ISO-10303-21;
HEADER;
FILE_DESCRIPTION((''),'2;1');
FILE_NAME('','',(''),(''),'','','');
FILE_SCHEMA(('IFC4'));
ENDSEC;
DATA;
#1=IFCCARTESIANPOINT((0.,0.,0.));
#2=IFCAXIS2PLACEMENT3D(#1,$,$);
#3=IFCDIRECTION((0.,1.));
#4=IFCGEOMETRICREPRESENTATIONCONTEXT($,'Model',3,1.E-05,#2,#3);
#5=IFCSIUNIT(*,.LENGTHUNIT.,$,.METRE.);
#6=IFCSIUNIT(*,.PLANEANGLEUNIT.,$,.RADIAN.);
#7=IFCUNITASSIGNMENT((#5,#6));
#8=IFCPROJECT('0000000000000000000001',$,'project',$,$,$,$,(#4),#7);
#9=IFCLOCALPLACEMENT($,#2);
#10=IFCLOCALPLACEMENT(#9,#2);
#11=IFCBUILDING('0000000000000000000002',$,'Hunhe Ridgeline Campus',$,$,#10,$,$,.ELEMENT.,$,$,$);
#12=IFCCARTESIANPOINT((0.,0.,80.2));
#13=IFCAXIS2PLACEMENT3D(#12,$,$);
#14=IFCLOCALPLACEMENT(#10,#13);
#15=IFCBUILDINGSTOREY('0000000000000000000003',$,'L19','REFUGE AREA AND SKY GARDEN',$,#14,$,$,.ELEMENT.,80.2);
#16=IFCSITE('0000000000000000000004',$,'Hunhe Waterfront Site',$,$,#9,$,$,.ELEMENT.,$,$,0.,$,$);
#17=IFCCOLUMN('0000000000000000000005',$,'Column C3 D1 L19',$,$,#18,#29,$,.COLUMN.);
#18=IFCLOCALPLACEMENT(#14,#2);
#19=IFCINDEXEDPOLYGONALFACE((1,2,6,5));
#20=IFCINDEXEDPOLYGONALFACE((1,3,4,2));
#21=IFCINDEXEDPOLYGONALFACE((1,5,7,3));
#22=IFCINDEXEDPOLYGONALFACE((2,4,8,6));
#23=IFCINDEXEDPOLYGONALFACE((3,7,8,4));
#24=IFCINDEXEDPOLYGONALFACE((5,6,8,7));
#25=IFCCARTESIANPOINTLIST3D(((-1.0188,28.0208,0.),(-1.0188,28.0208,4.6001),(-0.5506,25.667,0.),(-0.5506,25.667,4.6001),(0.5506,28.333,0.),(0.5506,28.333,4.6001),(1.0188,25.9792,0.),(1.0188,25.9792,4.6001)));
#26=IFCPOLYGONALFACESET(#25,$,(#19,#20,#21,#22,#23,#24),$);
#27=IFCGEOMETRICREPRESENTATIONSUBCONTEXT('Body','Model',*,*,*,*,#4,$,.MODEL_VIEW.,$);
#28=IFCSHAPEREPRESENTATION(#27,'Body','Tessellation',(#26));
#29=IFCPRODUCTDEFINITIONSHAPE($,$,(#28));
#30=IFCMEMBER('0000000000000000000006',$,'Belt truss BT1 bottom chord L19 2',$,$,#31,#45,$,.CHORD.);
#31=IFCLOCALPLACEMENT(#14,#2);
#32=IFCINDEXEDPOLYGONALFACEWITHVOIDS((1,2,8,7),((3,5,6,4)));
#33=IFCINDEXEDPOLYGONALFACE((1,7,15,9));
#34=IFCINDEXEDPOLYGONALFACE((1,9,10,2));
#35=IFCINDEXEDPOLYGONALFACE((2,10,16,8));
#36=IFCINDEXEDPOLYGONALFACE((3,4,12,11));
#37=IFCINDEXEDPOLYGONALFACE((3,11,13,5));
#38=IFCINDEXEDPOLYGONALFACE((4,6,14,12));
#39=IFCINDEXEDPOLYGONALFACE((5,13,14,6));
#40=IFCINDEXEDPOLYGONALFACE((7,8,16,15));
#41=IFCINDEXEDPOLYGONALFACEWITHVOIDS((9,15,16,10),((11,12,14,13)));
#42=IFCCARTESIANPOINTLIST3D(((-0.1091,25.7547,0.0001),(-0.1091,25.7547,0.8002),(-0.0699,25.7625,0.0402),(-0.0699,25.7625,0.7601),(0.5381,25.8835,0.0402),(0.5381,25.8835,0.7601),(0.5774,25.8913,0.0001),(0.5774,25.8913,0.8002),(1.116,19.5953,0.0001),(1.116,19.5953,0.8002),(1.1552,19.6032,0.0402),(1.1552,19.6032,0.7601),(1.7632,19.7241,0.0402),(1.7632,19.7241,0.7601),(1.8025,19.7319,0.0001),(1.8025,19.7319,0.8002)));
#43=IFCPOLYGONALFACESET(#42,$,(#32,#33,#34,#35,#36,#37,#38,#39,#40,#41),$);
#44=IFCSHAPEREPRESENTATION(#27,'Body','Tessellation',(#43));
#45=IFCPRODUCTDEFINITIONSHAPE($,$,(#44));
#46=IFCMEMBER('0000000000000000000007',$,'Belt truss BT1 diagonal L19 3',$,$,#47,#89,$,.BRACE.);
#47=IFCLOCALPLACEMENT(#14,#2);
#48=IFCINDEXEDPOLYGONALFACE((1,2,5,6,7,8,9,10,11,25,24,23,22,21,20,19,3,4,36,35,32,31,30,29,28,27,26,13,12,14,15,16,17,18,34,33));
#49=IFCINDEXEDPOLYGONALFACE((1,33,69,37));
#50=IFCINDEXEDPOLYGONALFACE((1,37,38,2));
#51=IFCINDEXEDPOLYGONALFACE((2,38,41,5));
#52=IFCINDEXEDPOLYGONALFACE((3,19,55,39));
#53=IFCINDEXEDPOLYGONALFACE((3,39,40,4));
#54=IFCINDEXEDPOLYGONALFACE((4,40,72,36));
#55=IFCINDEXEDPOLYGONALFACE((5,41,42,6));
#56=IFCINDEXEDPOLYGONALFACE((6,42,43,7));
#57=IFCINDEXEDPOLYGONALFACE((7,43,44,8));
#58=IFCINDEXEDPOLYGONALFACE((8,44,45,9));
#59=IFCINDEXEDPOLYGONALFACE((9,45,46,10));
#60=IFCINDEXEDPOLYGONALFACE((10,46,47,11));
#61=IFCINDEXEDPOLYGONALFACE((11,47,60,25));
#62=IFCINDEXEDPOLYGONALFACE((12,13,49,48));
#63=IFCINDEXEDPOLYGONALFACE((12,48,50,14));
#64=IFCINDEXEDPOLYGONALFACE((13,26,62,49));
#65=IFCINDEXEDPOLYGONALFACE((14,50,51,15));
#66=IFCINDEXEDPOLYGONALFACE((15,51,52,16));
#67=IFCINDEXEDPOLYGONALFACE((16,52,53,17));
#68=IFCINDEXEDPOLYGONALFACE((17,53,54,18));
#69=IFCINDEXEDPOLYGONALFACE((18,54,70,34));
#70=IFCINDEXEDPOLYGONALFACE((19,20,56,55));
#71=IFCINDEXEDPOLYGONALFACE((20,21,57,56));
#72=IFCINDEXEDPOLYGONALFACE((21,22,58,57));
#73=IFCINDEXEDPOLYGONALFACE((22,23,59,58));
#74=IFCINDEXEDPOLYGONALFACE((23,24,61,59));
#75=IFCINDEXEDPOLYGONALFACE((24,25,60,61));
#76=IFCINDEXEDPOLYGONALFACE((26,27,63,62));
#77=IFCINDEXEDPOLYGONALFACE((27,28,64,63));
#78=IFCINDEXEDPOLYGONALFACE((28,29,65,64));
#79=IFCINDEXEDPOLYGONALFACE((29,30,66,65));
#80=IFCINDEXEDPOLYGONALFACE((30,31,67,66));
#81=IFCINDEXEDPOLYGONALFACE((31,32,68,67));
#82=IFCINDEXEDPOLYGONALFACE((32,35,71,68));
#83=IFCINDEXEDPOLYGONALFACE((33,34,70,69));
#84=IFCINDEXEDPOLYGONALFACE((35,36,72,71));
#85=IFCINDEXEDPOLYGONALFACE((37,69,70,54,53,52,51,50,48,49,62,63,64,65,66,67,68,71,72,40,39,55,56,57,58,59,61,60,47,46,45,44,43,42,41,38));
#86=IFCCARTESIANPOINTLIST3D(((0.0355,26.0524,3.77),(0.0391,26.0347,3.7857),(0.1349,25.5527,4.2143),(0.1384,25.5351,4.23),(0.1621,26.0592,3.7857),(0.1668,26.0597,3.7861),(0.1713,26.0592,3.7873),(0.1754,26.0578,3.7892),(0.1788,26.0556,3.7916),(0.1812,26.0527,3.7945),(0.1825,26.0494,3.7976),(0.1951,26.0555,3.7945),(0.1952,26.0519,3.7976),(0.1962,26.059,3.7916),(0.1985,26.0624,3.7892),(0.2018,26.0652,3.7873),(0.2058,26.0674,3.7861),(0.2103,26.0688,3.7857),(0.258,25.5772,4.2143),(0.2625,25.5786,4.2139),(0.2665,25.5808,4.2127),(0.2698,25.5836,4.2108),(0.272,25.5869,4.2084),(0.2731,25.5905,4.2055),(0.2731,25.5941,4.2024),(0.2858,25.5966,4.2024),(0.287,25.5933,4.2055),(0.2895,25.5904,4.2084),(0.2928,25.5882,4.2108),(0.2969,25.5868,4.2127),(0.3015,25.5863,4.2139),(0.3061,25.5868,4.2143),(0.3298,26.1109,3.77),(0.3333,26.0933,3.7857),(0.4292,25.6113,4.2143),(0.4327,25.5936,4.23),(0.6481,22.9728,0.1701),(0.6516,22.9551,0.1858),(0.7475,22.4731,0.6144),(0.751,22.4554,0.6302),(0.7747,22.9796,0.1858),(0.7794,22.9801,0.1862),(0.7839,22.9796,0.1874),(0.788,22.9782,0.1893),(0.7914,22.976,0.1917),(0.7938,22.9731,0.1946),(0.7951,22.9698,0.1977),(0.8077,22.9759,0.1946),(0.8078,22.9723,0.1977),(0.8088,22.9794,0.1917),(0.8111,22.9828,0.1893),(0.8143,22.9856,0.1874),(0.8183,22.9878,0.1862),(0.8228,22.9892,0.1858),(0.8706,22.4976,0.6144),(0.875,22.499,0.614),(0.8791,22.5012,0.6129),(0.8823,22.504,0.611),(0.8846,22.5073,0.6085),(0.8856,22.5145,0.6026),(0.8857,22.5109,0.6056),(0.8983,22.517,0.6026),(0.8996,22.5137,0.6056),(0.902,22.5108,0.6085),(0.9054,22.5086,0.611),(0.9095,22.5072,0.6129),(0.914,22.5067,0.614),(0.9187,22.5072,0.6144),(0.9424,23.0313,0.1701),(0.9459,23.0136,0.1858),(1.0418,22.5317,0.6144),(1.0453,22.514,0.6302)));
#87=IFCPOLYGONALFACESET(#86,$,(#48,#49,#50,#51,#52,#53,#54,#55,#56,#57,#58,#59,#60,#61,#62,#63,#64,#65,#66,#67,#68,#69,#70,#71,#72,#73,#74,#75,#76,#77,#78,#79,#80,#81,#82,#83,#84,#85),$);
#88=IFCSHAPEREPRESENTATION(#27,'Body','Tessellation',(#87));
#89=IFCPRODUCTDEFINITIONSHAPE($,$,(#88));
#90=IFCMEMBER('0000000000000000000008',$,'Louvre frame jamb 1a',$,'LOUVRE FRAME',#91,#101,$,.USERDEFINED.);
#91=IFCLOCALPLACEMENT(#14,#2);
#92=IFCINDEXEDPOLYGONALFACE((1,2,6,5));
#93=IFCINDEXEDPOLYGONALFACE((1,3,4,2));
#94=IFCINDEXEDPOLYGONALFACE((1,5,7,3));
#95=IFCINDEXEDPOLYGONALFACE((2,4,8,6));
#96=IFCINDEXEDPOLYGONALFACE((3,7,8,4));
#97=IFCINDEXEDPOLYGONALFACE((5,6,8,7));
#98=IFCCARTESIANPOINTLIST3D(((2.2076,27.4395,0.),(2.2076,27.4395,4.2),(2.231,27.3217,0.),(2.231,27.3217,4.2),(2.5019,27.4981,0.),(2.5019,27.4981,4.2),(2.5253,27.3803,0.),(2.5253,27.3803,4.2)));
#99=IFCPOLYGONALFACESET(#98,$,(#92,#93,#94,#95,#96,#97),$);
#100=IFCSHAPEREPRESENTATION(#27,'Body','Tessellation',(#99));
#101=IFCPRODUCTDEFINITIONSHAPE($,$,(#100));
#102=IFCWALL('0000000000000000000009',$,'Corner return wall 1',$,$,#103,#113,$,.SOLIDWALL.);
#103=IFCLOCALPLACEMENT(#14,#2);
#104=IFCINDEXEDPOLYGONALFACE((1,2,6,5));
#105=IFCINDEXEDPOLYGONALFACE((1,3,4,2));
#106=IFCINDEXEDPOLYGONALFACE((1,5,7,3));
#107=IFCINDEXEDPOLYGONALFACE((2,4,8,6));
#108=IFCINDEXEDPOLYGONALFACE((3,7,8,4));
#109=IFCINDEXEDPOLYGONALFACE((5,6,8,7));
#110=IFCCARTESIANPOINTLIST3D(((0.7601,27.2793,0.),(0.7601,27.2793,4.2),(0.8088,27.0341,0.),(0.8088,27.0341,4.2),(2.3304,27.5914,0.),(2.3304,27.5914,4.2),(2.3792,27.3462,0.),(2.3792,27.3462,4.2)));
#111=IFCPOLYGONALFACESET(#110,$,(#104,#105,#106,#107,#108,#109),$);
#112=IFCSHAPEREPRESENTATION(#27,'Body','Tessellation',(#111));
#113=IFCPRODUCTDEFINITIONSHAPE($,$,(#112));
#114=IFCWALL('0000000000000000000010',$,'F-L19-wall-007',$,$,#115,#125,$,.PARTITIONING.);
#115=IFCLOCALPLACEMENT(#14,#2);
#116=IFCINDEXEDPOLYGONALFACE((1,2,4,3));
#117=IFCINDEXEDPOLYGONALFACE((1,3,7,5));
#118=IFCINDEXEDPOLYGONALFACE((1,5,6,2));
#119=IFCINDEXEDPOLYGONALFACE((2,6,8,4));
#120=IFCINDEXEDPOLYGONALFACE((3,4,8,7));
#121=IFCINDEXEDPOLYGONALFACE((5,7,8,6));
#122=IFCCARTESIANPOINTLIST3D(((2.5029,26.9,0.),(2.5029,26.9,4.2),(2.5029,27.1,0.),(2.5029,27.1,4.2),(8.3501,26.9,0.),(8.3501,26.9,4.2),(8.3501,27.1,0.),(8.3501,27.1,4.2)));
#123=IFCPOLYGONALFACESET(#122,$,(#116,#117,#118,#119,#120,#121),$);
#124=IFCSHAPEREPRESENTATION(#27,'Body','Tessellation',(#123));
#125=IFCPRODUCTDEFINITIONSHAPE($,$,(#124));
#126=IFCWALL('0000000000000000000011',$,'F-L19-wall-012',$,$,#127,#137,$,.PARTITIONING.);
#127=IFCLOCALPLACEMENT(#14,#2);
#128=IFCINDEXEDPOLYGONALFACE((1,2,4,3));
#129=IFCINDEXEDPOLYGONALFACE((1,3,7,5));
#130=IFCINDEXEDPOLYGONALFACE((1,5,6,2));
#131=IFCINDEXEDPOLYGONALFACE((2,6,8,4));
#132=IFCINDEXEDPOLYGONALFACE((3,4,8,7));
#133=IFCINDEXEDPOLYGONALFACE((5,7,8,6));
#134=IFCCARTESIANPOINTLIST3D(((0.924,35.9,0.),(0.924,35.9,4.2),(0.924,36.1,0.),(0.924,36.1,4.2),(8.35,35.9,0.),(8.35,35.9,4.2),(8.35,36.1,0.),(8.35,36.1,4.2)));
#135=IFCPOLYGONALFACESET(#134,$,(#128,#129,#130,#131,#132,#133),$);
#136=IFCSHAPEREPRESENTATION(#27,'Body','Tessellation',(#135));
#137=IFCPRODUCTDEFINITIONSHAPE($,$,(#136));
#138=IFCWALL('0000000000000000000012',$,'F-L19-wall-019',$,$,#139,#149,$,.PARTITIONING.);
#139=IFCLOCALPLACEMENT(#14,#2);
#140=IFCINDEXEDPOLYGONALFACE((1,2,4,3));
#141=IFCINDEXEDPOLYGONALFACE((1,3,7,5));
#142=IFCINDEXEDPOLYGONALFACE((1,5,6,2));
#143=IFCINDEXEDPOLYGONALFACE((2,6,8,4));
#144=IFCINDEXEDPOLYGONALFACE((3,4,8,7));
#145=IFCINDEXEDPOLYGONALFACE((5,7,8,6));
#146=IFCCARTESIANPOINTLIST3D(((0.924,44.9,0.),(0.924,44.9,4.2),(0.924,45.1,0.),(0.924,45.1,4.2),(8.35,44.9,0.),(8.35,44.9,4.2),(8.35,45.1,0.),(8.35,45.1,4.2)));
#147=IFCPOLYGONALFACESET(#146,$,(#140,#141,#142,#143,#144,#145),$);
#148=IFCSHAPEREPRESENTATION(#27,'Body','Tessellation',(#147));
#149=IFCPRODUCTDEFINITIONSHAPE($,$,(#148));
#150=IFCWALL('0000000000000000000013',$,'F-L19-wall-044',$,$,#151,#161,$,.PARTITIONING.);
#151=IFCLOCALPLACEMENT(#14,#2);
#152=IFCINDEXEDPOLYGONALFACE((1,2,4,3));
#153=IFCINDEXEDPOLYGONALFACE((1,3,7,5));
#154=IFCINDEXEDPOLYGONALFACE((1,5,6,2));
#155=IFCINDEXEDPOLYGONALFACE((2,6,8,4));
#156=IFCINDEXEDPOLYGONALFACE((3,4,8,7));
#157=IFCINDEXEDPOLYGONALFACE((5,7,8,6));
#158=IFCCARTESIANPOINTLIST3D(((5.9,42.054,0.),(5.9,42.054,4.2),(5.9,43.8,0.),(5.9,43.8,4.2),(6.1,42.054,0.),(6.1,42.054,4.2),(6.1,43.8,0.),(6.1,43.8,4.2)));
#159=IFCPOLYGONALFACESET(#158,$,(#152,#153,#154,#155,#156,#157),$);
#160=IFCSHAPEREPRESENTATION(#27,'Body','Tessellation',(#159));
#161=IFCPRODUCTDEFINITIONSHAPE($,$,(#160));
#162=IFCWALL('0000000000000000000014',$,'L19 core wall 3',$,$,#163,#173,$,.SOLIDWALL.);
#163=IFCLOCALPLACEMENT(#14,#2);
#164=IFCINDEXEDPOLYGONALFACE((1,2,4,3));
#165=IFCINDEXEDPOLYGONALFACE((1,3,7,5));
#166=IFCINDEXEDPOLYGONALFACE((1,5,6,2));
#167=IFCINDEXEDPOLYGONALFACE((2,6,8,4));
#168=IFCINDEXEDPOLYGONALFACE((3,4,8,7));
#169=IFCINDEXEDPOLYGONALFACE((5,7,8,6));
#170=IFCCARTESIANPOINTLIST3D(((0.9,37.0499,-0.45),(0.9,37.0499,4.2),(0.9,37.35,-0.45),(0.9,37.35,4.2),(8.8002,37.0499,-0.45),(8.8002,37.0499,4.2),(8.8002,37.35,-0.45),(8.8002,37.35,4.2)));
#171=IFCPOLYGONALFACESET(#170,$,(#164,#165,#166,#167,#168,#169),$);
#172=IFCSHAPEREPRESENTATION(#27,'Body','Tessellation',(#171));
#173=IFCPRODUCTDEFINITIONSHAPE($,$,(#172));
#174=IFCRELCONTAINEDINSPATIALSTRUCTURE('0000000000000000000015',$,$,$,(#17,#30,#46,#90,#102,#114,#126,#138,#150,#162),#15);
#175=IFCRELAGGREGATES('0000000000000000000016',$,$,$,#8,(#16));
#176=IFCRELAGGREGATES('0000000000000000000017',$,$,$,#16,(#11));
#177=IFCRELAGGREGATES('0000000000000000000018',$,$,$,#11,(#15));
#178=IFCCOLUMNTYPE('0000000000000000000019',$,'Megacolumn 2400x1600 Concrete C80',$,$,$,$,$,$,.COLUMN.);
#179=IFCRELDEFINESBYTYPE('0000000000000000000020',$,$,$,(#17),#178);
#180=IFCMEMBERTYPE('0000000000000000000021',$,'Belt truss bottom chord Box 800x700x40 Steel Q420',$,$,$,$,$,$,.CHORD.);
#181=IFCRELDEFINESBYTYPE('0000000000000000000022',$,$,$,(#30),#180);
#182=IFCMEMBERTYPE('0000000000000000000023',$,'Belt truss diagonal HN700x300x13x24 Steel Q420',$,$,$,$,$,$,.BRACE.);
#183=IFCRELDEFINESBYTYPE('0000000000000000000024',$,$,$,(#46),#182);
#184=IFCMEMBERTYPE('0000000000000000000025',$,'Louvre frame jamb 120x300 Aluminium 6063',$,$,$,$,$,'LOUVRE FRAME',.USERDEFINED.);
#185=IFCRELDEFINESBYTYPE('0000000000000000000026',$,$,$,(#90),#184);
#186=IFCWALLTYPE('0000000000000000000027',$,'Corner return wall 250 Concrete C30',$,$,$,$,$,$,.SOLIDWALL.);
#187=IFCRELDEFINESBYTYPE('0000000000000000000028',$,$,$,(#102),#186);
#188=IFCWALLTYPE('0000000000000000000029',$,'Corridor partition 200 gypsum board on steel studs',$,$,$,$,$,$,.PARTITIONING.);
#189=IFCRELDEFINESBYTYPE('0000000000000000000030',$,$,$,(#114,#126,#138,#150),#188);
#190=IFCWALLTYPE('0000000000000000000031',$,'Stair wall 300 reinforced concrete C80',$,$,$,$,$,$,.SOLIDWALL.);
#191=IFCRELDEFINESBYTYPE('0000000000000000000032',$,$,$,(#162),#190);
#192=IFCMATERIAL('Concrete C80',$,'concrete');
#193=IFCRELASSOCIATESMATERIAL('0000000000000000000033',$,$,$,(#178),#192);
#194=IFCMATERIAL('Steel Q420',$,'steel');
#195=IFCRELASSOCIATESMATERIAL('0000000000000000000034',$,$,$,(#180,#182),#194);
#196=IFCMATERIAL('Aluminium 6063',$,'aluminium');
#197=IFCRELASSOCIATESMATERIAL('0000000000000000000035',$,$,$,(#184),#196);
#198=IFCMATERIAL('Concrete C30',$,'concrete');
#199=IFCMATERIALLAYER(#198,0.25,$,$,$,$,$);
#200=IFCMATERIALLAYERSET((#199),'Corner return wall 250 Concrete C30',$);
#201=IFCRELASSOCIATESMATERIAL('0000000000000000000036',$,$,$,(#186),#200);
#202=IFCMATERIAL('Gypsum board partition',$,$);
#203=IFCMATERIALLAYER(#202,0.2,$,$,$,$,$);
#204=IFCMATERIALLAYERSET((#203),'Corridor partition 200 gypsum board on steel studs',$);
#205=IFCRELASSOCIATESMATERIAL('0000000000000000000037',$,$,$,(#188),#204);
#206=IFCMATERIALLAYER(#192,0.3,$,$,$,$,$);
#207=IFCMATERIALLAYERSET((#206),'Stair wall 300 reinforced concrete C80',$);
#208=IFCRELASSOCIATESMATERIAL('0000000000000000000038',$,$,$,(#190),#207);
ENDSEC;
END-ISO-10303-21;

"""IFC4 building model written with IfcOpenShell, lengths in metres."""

from ifc_helpers import new_model, si_unit, direction, frame, frame_2d, origin, origin_2d, place, context, subcontext, project, spatial, rectangle, hollow_rectangle, i_section, extrude, material, layer, layer_set, material_profile, profile_set, type_object, element, save


model = new_model("IFC4")

# Units and contexts
model_context = context("Model", 3, precision=1e-05, world=origin(), true_north=direction((0.0, 1.0)))
body_context = subcontext(model_context, "Body", "Model", "MODEL_VIEW")
ifc_project = project(units=[si_unit("LENGTHUNIT", "METRE"), si_unit("PLANEANGLEUNIT", "RADIAN")], contexts=[model_context])

# Site, building, storey
site_placement = place(None, origin())
site = spatial("IfcSite", under=ifc_project, at=site_placement, Name="Hunhe Waterfront Site", CompositionType="ELEMENT", RefElevation=0.0)
building_placement = place(site_placement, origin())
building = spatial("IfcBuilding", under=site, at=building_placement, Name="Hunhe Ridgeline Campus", CompositionType="ELEMENT")
storey_placement = place(building_placement, frame((0.0, 0.0, 80.2)))
storey = spatial("IfcBuildingStorey", under=building, at=storey_placement, Name="L19", Description="REFUGE AREA AND SKY GARDEN", CompositionType="ELEMENT", Elevation=80.2)

# Column
ifc_material_1 = material(Name="Concrete C80", Category="concrete")
ifc_material_profile_1 = material_profile(ifc_material_1, rectangle(XDim=2.3999, YDim=1.6001, at=origin_2d()))
ifc_profile_set_1 = profile_set([ifc_material_profile_1], Name="Concrete C80")
column_type = type_object("IfcColumnType", Name="Megacolumn 2400x1600 Concrete C80", PredefinedType="COLUMN", material=ifc_profile_set_1)
column_placement = place(storey_placement, frame((0.0, 27.0, 0.0), z_axis=(0.0, 0.0, 1.0), x_axis=(-0.19509, 0.980785, 0.0)))
element("IfcColumn", 1, at=column_placement, inside=storey, type_object=column_type, Name="Column C3 D1 L19", PredefinedType="COLUMN", context=body_context, shape_type="SweptSolid", body=[
    extrude(rectangle(XDim=2.3999, YDim=1.6001, at=origin_2d()), origin(), (0.0, 0.0, 1.0), 4.6001),
])

# Members
ifc_material_2 = material(Name="Steel Q420", Category="steel")
ifc_material_profile_2 = material_profile(ifc_material_2, hollow_rectangle(XDim=0.7, YDim=0.8, WallThickness=0.04, at=origin_2d()))
ifc_profile_set_2 = profile_set([ifc_material_profile_2], Name="Steel Q420")
member_type_1 = type_object("IfcMemberType", Name="Belt truss bottom chord Box 800x700x40 Steel Q420", PredefinedType="CHORD", material=ifc_profile_set_2)
member_1_placement = place(storey_placement, frame((0.2341, 25.823, 0.4001), z_axis=(0.195077, -0.980788, 0.0), x_axis=(0.980788, 0.195077, 0.0)))
element("IfcMember", 2, at=member_1_placement, inside=storey, type_object=member_type_1, Name="Belt truss BT1 bottom chord L19 2", PredefinedType="CHORD", context=body_context, shape_type="SweptSolid", body=[
    extrude(hollow_rectangle(XDim=0.7, YDim=0.8, WallThickness=0.04, at=origin_2d()), origin(), (0.0, 0.0, 1.0), 6.28),
])
ifc_material_profile_3 = material_profile(ifc_material_2, i_section(OverallWidth=0.3, OverallDepth=0.7, WebThickness=0.0129, FlangeThickness=0.0239, FilletRadius=0.0181, at=origin_2d()))
ifc_profile_set_3 = profile_set([ifc_material_profile_3], Name="Steel Q420")
member_type_2 = type_object("IfcMemberType", Name="Belt truss diagonal HN700x300x13x24 Steel Q420", PredefinedType="BRACE", material=ifc_profile_set_3)
member_2_placement = place(storey_placement, frame((0.2341, 25.823, 4.0), z_axis=(0.128234, -0.644694, -0.753608), x_axis=(0.980786, 0.195084, 0.0)))
element("IfcMember", 3, at=member_2_placement, inside=storey, type_object=member_type_2, Name="Belt truss BT1 diagonal L19 3", PredefinedType="BRACE", context=body_context, shape_type="SweptSolid", body=[
    extrude(i_section(OverallWidth=0.3, OverallDepth=0.7, WebThickness=0.0129, FlangeThickness=0.0239, FilletRadius=0.0181, at=origin_2d()), origin(), (0.0, 0.0, 1.0), 4.7769),
])
ifc_material_3 = material(Name="Aluminium 6063", Category="aluminium")
ifc_material_profile_4 = material_profile(ifc_material_3, rectangle(XDim=0.3, YDim=0.1201, at=origin_2d()))
ifc_profile_set_4 = profile_set([ifc_material_profile_4], Name="Aluminium 6063")
member_type_3 = type_object("IfcMemberType", Name="Louvre frame jamb 120x300 Aluminium 6063", ElementType="LOUVRE FRAME", PredefinedType="USERDEFINED", material=ifc_profile_set_4)
member_3_placement = place(storey_placement, frame((2.3665, 27.4099, 0.0), z_axis=(0.0, 0.0, 1.0), x_axis=(0.980784, 0.195095, 0.0)))
element("IfcMember", 4, at=member_3_placement, inside=storey, type_object=member_type_3, Name="Louvre frame jamb 1a", ObjectType="LOUVRE FRAME", PredefinedType="USERDEFINED", context=body_context, shape_type="SweptSolid", body=[
    extrude(rectangle(XDim=0.3, YDim=0.1201, at=origin_2d()), origin(), (0.0, 0.0, 1.0), 4.2),
])

# Walls
ifc_material_4 = material(Name="Concrete C30", Category="concrete")
ifc_layer_1 = layer(ifc_material_4, 0.25)
ifc_layer_set_1 = layer_set([ifc_layer_1], Name="Corner return wall 250 Concrete C30")
wall_type_1 = type_object("IfcWallType", Name="Corner return wall 250 Concrete C30", PredefinedType="SOLIDWALL", material=ifc_layer_set_1)
wall_1_placement = place(storey_placement, frame((0.7844, 27.1567, 0.0), z_axis=(0.0, 0.0, 1.0), x_axis=(0.980826, 0.194884, 0.0)))
element("IfcWall", 5, at=wall_1_placement, inside=storey, type_object=wall_type_1, Name="Corner return wall 1", PredefinedType="SOLIDWALL", context=body_context, shape_type="SweptSolid", body=[
    extrude(rectangle(XDim=1.6011, YDim=0.25, at=frame_2d((0.8005, 0.0))), origin(), (0.0, 0.0, 1.0), 4.2),
])
ifc_material_5 = material(Name="Gypsum board partition")
ifc_layer_2 = layer(ifc_material_5, 0.2)
ifc_layer_set_2 = layer_set([ifc_layer_2], Name="Corridor partition 200 gypsum board on steel studs")
wall_type_2 = type_object("IfcWallType", Name="Corridor partition 200 gypsum board on steel studs", PredefinedType="PARTITIONING", material=ifc_layer_set_2)
wall_2_placement = place(storey_placement, frame((2.5029, 27.0, 0.0), z_axis=(0.0, 0.0, 1.0), x_axis=(1.0, 0.0, 0.0)))
element("IfcWall", 6, at=wall_2_placement, inside=storey, type_object=wall_type_2, Name="F-L19-wall-007", PredefinedType="PARTITIONING", context=body_context, shape_type="SweptSolid", body=[
    extrude(rectangle(XDim=5.8472, YDim=0.2, at=frame_2d((2.9236, 0.0))), origin(), (0.0, 0.0, 1.0), 4.2),
])
wall_3_placement = place(storey_placement, frame((0.9241, 36.0, 0.0), z_axis=(0.0, 0.0, 1.0), x_axis=(1.0, 0.0, 0.0)))
element("IfcWall", 7, at=wall_3_placement, inside=storey, type_object=wall_type_2, Name="F-L19-wall-012", PredefinedType="PARTITIONING", context=body_context, shape_type="SweptSolid", body=[
    extrude(rectangle(XDim=7.426, YDim=0.2, at=frame_2d((3.7129, 0.0))), origin(), (0.0, 0.0, 1.0), 4.2),
])

# Walls
wall_4_placement = place(storey_placement, frame((0.9241, 45.0, 0.0), z_axis=(0.0, 0.0, 1.0), x_axis=(1.0, 0.0, 0.0)))
element("IfcWall", 8, at=wall_4_placement, inside=storey, type_object=wall_type_2, Name="F-L19-wall-019", PredefinedType="PARTITIONING", context=body_context, shape_type="SweptSolid", body=[
    extrude(rectangle(XDim=7.426, YDim=0.2, at=frame_2d((3.7129, 0.0))), origin(), (0.0, 0.0, 1.0), 4.2),
])
wall_5_placement = place(storey_placement, frame((6.0, 42.054, 0.0), z_axis=(0.0, 0.0, 1.0), x_axis=(0.0, 1.0, 0.0)))
element("IfcWall", 9, at=wall_5_placement, inside=storey, type_object=wall_type_2, Name="F-L19-wall-044", PredefinedType="PARTITIONING", context=body_context, shape_type="SweptSolid", body=[
    extrude(rectangle(XDim=1.7461, YDim=0.2, at=frame_2d((0.873, 0.0))), origin(), (0.0, 0.0, 1.0), 4.2),
])
ifc_layer_3 = layer(ifc_material_1, 0.3)
ifc_layer_set_3 = layer_set([ifc_layer_3], Name="Stair wall 300 reinforced concrete C80")
wall_type_3 = type_object("IfcWallType", Name="Stair wall 300 reinforced concrete C80", PredefinedType="SOLIDWALL", material=ifc_layer_set_3)
wall_6_placement = place(storey_placement, frame((0.8999, 37.2, -0.45), z_axis=(0.0, 0.0, 1.0), x_axis=(1.0, 0.0, 0.0)))
element("IfcWall", 10, at=wall_6_placement, inside=storey, type_object=wall_type_3, Name="L19 core wall 3", PredefinedType="SOLIDWALL", context=body_context, shape_type="SweptSolid", body=[
    extrude(rectangle(XDim=7.9001, YDim=0.3, at=frame_2d((3.9502, 0.0))), origin(), (0.0, 0.0, 1.0), 4.6499),
])

save(model, "model.ifc")
